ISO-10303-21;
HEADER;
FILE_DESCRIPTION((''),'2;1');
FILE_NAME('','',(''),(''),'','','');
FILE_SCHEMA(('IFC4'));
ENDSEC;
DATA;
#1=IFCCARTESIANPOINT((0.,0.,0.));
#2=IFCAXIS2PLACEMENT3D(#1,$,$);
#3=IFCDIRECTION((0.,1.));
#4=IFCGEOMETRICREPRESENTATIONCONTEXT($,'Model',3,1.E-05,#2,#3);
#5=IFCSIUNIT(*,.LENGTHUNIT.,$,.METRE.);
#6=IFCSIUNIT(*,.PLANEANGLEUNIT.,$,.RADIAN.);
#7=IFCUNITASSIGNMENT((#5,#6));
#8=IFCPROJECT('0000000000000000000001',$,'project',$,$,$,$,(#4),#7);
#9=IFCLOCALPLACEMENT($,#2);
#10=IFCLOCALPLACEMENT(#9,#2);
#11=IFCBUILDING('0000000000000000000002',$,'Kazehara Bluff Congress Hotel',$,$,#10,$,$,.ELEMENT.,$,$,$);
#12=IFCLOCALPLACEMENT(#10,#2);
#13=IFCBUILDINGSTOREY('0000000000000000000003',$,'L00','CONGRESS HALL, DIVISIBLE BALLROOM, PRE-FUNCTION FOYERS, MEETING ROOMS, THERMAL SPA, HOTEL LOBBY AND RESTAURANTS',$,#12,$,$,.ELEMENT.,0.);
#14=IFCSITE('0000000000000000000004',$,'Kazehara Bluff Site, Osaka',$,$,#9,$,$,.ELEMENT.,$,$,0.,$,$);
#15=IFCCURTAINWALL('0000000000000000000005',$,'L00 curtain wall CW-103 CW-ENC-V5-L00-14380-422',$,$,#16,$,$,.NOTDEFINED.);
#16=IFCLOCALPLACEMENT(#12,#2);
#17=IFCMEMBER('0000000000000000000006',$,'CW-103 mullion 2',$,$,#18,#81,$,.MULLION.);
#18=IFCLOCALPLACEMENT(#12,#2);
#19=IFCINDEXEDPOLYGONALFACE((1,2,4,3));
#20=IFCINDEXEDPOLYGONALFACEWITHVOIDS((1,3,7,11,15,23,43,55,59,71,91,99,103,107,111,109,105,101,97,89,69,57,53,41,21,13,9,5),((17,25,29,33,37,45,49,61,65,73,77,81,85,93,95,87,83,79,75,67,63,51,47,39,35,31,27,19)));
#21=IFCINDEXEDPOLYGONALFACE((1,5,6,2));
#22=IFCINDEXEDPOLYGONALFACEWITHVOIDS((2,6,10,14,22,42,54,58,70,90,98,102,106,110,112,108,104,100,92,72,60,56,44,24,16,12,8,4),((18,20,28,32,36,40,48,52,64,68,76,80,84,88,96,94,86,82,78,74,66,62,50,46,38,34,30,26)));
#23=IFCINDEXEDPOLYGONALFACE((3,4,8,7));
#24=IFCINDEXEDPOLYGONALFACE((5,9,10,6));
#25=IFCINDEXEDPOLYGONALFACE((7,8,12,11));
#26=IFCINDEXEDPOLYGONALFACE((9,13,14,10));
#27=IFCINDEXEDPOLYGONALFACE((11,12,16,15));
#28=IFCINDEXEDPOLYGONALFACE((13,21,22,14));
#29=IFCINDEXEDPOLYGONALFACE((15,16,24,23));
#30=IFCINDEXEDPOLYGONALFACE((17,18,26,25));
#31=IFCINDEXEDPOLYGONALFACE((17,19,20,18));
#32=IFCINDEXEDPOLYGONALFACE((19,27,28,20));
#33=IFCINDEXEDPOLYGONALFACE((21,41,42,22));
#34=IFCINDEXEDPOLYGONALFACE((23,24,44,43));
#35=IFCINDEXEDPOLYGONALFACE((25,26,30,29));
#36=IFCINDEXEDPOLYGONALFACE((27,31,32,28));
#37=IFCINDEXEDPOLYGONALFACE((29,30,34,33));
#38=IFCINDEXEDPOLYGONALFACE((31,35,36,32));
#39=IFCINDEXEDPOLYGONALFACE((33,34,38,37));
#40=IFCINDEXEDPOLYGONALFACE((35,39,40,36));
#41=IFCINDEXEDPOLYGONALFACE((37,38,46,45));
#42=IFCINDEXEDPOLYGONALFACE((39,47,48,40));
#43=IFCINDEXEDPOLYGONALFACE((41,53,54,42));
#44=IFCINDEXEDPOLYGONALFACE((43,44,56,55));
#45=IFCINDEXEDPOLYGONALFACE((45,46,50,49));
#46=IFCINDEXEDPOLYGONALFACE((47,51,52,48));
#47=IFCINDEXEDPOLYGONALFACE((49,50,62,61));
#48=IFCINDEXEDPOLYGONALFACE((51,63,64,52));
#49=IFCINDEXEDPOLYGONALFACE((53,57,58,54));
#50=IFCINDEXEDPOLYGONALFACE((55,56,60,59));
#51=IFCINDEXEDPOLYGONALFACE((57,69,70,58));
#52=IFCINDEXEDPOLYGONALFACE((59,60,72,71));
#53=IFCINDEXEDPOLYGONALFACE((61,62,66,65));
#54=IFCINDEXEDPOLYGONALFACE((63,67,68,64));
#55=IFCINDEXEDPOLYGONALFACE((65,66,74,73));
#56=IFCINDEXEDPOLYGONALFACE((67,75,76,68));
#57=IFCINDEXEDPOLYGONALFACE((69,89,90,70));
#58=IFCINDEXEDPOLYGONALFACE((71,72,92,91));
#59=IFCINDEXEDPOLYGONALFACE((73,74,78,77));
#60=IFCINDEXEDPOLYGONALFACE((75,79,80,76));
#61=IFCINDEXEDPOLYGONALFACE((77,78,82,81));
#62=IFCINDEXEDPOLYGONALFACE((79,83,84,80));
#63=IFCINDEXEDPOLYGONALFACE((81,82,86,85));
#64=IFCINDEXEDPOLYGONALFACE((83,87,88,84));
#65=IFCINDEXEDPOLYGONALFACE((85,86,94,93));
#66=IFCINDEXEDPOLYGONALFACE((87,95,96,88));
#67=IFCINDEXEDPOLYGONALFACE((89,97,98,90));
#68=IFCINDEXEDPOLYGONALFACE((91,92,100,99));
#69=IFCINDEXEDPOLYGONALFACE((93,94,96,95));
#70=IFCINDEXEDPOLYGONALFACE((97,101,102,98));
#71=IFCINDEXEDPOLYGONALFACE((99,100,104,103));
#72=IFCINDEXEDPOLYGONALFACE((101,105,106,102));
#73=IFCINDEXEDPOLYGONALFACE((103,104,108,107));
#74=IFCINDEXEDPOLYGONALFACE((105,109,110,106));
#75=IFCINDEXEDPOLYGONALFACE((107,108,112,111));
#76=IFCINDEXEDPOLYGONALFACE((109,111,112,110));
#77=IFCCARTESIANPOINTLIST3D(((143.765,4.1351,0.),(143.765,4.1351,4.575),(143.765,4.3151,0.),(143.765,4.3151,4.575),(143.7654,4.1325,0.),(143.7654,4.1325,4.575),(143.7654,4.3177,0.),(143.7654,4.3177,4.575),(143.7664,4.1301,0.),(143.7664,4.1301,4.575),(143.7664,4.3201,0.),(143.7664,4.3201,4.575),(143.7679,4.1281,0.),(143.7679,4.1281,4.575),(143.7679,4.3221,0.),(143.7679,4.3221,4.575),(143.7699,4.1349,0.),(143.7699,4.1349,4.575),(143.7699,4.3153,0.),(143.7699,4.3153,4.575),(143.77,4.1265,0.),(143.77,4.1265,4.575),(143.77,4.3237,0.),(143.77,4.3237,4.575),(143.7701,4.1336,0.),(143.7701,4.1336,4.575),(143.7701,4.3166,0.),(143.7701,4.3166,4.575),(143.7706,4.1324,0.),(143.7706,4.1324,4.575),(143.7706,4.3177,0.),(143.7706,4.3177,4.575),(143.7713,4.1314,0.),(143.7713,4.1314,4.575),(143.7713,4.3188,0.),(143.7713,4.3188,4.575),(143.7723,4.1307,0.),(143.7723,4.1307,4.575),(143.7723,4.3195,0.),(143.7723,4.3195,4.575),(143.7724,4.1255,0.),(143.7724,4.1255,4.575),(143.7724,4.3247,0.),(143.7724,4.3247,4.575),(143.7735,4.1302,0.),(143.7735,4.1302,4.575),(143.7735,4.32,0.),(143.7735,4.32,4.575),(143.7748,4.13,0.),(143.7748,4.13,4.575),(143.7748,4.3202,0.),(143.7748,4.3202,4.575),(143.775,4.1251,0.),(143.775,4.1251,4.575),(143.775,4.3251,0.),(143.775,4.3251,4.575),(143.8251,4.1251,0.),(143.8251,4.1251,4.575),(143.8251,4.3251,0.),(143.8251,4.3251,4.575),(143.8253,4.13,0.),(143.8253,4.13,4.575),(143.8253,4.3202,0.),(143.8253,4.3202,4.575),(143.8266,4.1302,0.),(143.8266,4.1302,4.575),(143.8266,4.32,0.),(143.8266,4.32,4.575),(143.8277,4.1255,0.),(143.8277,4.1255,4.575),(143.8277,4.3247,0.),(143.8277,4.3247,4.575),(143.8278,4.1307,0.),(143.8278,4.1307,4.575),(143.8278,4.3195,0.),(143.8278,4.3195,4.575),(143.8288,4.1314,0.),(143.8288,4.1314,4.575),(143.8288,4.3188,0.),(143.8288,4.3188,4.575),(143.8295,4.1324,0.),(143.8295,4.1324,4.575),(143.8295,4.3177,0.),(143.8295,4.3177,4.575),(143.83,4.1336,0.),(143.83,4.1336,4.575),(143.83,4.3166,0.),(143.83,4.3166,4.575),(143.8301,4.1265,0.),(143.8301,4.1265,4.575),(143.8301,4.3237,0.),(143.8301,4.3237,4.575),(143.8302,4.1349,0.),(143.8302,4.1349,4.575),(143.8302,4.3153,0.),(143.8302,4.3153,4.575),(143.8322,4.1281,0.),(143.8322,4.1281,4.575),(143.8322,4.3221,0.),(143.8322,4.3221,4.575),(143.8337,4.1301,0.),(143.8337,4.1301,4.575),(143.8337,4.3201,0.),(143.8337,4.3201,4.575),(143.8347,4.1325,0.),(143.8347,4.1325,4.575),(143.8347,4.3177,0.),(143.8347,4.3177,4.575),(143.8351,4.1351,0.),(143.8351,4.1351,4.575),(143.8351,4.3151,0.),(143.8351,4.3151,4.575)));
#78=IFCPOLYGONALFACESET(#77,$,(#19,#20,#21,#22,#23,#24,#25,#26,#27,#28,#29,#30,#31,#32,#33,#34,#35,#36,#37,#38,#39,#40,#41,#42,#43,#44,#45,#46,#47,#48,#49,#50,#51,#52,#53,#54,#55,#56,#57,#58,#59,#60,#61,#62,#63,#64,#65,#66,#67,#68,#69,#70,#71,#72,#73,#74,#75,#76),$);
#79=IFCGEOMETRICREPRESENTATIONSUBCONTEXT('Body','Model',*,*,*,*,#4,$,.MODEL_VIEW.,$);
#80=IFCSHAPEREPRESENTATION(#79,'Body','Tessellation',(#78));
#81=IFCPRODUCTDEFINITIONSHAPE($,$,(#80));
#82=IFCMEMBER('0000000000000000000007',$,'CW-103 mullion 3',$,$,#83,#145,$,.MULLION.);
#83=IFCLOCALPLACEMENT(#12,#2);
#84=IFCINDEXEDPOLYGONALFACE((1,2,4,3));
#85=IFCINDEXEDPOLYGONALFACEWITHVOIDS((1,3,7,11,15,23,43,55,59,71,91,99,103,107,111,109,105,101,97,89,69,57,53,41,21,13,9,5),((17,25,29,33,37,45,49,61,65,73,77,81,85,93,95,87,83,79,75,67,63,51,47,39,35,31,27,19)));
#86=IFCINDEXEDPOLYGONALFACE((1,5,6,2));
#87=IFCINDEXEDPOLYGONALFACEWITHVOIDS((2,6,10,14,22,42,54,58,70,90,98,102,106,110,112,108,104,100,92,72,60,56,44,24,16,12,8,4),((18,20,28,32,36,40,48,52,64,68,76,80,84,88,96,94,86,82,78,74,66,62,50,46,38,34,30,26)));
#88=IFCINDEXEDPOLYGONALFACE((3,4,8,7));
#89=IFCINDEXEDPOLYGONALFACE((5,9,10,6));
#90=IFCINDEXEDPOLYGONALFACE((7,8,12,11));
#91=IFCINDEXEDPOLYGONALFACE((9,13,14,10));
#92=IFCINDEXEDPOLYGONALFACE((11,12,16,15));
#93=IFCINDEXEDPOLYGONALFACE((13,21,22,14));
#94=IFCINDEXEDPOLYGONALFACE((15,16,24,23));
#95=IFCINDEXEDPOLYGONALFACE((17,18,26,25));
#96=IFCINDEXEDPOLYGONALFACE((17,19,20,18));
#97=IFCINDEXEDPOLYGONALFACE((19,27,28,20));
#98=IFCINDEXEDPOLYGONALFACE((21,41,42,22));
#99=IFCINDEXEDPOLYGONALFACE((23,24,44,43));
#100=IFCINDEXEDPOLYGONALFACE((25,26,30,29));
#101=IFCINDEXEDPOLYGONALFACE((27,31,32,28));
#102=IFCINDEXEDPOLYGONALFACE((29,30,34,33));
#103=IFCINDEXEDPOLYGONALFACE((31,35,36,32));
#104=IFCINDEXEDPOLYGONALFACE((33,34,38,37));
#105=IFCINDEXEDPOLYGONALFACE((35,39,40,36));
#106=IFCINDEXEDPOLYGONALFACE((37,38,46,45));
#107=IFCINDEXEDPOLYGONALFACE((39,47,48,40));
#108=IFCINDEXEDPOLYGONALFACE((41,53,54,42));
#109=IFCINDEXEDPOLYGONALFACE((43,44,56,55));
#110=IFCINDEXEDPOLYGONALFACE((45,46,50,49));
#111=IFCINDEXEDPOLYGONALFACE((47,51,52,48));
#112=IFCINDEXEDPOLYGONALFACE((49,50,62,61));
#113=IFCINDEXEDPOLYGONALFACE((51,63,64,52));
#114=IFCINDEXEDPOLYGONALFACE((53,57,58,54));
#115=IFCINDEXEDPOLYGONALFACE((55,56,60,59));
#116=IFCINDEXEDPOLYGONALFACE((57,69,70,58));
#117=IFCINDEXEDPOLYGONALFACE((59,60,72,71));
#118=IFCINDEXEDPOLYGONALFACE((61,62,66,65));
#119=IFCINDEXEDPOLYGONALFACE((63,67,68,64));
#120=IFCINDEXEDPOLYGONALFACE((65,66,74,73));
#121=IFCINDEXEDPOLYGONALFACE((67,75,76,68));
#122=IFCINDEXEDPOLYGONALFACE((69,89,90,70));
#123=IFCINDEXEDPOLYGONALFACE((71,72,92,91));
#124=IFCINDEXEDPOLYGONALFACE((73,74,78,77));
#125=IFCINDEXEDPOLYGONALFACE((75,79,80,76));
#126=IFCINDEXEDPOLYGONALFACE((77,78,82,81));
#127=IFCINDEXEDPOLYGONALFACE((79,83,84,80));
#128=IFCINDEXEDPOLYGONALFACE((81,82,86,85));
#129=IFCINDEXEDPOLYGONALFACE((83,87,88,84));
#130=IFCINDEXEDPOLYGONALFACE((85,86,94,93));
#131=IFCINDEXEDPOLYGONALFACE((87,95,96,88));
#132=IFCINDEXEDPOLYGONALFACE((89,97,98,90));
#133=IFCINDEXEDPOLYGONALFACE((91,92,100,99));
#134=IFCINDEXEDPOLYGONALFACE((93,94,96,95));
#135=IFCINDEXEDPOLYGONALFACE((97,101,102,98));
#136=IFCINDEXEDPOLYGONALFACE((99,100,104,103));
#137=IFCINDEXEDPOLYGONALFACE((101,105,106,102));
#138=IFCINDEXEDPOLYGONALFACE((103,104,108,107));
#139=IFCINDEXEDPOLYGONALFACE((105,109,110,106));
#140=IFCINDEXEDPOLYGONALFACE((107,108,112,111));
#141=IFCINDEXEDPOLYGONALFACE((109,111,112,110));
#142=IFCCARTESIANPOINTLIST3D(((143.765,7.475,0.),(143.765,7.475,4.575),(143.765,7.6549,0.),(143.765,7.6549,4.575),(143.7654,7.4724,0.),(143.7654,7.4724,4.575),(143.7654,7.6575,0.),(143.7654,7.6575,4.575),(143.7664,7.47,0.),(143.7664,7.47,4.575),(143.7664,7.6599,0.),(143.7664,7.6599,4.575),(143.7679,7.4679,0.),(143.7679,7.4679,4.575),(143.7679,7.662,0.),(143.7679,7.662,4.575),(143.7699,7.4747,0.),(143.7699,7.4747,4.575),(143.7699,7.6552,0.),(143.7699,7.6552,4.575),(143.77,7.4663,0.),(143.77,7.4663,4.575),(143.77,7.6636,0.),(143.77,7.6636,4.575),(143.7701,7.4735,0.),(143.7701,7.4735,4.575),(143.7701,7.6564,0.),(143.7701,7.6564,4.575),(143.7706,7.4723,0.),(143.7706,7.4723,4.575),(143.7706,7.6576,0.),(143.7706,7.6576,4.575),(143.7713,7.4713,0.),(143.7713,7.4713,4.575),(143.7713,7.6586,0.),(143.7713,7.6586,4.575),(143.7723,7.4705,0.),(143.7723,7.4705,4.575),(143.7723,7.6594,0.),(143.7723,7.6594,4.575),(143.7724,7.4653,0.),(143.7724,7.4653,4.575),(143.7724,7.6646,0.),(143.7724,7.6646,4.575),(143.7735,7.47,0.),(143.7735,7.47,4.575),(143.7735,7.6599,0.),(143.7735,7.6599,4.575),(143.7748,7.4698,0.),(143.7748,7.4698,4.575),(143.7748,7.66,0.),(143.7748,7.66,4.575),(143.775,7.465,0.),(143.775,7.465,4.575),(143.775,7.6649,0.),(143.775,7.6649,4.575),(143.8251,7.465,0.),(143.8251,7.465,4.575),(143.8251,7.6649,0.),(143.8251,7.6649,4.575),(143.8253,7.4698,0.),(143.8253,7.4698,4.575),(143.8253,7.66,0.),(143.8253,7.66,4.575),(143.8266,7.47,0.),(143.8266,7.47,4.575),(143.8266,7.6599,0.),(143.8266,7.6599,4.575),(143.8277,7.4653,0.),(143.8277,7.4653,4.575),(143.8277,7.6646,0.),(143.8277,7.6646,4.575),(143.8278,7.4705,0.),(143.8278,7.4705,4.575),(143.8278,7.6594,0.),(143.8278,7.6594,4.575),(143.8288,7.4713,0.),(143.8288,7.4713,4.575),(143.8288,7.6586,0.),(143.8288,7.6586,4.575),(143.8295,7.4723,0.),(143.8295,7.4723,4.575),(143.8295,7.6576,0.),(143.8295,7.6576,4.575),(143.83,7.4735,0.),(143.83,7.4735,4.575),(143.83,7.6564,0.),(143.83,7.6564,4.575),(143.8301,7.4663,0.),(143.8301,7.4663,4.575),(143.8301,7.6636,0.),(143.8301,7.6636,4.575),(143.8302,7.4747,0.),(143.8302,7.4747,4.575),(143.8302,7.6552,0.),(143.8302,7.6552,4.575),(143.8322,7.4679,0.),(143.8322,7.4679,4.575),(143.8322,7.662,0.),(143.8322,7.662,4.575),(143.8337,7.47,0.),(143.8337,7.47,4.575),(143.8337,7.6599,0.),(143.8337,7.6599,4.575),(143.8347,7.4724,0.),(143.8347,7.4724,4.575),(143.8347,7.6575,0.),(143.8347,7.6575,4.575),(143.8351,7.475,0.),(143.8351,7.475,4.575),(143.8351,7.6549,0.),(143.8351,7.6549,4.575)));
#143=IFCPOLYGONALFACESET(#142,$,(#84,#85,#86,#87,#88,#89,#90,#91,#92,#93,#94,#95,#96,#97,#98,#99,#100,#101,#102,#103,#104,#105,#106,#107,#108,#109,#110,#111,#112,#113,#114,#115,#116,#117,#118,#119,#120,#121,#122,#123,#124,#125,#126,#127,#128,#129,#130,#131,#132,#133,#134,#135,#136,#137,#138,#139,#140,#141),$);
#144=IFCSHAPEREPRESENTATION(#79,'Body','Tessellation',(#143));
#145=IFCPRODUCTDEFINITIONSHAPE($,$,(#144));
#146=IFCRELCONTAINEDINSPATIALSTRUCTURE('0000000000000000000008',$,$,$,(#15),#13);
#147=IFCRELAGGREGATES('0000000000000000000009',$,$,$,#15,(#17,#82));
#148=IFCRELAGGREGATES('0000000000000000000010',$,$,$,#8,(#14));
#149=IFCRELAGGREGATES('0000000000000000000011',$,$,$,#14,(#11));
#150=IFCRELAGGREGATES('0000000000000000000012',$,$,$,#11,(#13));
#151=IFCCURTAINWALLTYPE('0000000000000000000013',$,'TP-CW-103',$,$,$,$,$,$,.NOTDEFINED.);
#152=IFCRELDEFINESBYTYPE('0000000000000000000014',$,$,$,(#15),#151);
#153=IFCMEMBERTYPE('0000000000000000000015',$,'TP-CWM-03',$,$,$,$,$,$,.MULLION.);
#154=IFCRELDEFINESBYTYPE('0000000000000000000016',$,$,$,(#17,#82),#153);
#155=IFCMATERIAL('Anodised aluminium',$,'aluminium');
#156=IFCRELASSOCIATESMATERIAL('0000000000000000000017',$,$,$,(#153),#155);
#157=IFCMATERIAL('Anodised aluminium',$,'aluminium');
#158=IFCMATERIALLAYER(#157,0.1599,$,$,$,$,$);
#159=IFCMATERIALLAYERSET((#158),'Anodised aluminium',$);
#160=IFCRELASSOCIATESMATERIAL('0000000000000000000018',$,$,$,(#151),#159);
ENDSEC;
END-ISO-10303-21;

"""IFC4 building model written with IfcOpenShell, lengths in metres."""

from ifc_helpers import new_model, si_unit, direction, frame, origin, origin_2d, place, context, subcontext, project, spatial, hollow_rectangle, extrude, material, layer, layer_set, material_profile, profile_set, type_object, element, aggregate, save


model = new_model("IFC4")

# Units and contexts
model_context = context("Model", 3, precision=1e-05, world=origin(), true_north=direction((0.0, 1.0)))
body_context = subcontext(model_context, "Body", "Model", "MODEL_VIEW")
ifc_project = project(units=[si_unit("LENGTHUNIT", "METRE"), si_unit("PLANEANGLEUNIT", "RADIAN")], contexts=[model_context])

# Site, building, storey
site_placement = place(None, origin())
site = spatial("IfcSite", under=ifc_project, at=site_placement, Name="Kazehara Bluff Site, Osaka", CompositionType="ELEMENT", RefElevation=0.0)
building_placement = place(site_placement, origin())
building = spatial("IfcBuilding", under=site, at=building_placement, Name="Kazehara Bluff Congress Hotel", CompositionType="ELEMENT")
storey_placement = place(building_placement, origin())
storey = spatial("IfcBuildingStorey", under=building, at=storey_placement, Name="L00", Description="CONGRESS HALL, DIVISIBLE BALLROOM, PRE-FUNCTION FOYERS, MEETING ROOMS, THERMAL SPA, HOTEL LOBBY AND RESTAURANTS", CompositionType="ELEMENT", Elevation=0.0)

# Shared definitions
ifc_material_1 = material(Name="Anodised aluminium", Category="aluminium")
ifc_material_profile_1 = material_profile(ifc_material_1, hollow_rectangle(XDim=0.0701, YDim=0.2, WallThickness=0.0049, InnerFilletRadius=0.0049, OuterFilletRadius=0.01, at=origin_2d()))
ifc_profile_set_1 = profile_set([ifc_material_profile_1], Name="Anodised aluminium")
member_type_1 = type_object("IfcMemberType", Name="TP-CWM-03", PredefinedType="MULLION", material=ifc_profile_set_1)

# Curtain wall, members
ifc_material_2 = material(Name="Anodised aluminium", Category="aluminium")
ifc_layer_1 = layer(ifc_material_2, 0.1599)
ifc_layer_set_1 = layer_set([ifc_layer_1], Name="Anodised aluminium")
curtain_wall_type_1 = type_object("IfcCurtainWallType", Name="TP-CW-103", PredefinedType="NOTDEFINED", material=ifc_layer_set_1)
curtain_wall_1_placement = place(storey_placement, origin())
curtain_wall_1 = element("IfcCurtainWall", 1, at=curtain_wall_1_placement, inside=storey, type_object=curtain_wall_type_1, Name="L00 curtain wall CW-103 CW-ENC-V5-L00-14380-422", PredefinedType="NOTDEFINED")
member_1_placement = place(storey_placement, frame((143.8, 4.2251, 0.0), z_axis=(0.0, 0.0, 1.0), x_axis=(-1.0, 0.0, 0.0)))
member_1 = element("IfcMember", 2, at=member_1_placement, type_object=member_type_1, Name="CW-103 mullion 2", PredefinedType="MULLION", context=body_context, shape_type="SweptSolid", body=[
    extrude(hollow_rectangle(XDim=0.0701, YDim=0.2, WallThickness=0.0049, InnerFilletRadius=0.0049, OuterFilletRadius=0.01, at=origin_2d()), origin(), (0.0, 0.0, 1.0), 4.575),
])
member_2_placement = place(storey_placement, frame((143.8, 7.5649, 0.0), z_axis=(0.0, 0.0, 1.0), x_axis=(-1.0, 0.0, 0.0)))
member_2 = element("IfcMember", 3, at=member_2_placement, type_object=member_type_1, Name="CW-103 mullion 3", PredefinedType="MULLION", context=body_context, shape_type="SweptSolid", body=[
    extrude(hollow_rectangle(XDim=0.0701, YDim=0.2, WallThickness=0.0049, InnerFilletRadius=0.0049, OuterFilletRadius=0.01, at=origin_2d()), origin(), (0.0, 0.0, 1.0), 4.575),
])

aggregate(curtain_wall_1, [member_1, member_2])

save(model, "model.ifc")
